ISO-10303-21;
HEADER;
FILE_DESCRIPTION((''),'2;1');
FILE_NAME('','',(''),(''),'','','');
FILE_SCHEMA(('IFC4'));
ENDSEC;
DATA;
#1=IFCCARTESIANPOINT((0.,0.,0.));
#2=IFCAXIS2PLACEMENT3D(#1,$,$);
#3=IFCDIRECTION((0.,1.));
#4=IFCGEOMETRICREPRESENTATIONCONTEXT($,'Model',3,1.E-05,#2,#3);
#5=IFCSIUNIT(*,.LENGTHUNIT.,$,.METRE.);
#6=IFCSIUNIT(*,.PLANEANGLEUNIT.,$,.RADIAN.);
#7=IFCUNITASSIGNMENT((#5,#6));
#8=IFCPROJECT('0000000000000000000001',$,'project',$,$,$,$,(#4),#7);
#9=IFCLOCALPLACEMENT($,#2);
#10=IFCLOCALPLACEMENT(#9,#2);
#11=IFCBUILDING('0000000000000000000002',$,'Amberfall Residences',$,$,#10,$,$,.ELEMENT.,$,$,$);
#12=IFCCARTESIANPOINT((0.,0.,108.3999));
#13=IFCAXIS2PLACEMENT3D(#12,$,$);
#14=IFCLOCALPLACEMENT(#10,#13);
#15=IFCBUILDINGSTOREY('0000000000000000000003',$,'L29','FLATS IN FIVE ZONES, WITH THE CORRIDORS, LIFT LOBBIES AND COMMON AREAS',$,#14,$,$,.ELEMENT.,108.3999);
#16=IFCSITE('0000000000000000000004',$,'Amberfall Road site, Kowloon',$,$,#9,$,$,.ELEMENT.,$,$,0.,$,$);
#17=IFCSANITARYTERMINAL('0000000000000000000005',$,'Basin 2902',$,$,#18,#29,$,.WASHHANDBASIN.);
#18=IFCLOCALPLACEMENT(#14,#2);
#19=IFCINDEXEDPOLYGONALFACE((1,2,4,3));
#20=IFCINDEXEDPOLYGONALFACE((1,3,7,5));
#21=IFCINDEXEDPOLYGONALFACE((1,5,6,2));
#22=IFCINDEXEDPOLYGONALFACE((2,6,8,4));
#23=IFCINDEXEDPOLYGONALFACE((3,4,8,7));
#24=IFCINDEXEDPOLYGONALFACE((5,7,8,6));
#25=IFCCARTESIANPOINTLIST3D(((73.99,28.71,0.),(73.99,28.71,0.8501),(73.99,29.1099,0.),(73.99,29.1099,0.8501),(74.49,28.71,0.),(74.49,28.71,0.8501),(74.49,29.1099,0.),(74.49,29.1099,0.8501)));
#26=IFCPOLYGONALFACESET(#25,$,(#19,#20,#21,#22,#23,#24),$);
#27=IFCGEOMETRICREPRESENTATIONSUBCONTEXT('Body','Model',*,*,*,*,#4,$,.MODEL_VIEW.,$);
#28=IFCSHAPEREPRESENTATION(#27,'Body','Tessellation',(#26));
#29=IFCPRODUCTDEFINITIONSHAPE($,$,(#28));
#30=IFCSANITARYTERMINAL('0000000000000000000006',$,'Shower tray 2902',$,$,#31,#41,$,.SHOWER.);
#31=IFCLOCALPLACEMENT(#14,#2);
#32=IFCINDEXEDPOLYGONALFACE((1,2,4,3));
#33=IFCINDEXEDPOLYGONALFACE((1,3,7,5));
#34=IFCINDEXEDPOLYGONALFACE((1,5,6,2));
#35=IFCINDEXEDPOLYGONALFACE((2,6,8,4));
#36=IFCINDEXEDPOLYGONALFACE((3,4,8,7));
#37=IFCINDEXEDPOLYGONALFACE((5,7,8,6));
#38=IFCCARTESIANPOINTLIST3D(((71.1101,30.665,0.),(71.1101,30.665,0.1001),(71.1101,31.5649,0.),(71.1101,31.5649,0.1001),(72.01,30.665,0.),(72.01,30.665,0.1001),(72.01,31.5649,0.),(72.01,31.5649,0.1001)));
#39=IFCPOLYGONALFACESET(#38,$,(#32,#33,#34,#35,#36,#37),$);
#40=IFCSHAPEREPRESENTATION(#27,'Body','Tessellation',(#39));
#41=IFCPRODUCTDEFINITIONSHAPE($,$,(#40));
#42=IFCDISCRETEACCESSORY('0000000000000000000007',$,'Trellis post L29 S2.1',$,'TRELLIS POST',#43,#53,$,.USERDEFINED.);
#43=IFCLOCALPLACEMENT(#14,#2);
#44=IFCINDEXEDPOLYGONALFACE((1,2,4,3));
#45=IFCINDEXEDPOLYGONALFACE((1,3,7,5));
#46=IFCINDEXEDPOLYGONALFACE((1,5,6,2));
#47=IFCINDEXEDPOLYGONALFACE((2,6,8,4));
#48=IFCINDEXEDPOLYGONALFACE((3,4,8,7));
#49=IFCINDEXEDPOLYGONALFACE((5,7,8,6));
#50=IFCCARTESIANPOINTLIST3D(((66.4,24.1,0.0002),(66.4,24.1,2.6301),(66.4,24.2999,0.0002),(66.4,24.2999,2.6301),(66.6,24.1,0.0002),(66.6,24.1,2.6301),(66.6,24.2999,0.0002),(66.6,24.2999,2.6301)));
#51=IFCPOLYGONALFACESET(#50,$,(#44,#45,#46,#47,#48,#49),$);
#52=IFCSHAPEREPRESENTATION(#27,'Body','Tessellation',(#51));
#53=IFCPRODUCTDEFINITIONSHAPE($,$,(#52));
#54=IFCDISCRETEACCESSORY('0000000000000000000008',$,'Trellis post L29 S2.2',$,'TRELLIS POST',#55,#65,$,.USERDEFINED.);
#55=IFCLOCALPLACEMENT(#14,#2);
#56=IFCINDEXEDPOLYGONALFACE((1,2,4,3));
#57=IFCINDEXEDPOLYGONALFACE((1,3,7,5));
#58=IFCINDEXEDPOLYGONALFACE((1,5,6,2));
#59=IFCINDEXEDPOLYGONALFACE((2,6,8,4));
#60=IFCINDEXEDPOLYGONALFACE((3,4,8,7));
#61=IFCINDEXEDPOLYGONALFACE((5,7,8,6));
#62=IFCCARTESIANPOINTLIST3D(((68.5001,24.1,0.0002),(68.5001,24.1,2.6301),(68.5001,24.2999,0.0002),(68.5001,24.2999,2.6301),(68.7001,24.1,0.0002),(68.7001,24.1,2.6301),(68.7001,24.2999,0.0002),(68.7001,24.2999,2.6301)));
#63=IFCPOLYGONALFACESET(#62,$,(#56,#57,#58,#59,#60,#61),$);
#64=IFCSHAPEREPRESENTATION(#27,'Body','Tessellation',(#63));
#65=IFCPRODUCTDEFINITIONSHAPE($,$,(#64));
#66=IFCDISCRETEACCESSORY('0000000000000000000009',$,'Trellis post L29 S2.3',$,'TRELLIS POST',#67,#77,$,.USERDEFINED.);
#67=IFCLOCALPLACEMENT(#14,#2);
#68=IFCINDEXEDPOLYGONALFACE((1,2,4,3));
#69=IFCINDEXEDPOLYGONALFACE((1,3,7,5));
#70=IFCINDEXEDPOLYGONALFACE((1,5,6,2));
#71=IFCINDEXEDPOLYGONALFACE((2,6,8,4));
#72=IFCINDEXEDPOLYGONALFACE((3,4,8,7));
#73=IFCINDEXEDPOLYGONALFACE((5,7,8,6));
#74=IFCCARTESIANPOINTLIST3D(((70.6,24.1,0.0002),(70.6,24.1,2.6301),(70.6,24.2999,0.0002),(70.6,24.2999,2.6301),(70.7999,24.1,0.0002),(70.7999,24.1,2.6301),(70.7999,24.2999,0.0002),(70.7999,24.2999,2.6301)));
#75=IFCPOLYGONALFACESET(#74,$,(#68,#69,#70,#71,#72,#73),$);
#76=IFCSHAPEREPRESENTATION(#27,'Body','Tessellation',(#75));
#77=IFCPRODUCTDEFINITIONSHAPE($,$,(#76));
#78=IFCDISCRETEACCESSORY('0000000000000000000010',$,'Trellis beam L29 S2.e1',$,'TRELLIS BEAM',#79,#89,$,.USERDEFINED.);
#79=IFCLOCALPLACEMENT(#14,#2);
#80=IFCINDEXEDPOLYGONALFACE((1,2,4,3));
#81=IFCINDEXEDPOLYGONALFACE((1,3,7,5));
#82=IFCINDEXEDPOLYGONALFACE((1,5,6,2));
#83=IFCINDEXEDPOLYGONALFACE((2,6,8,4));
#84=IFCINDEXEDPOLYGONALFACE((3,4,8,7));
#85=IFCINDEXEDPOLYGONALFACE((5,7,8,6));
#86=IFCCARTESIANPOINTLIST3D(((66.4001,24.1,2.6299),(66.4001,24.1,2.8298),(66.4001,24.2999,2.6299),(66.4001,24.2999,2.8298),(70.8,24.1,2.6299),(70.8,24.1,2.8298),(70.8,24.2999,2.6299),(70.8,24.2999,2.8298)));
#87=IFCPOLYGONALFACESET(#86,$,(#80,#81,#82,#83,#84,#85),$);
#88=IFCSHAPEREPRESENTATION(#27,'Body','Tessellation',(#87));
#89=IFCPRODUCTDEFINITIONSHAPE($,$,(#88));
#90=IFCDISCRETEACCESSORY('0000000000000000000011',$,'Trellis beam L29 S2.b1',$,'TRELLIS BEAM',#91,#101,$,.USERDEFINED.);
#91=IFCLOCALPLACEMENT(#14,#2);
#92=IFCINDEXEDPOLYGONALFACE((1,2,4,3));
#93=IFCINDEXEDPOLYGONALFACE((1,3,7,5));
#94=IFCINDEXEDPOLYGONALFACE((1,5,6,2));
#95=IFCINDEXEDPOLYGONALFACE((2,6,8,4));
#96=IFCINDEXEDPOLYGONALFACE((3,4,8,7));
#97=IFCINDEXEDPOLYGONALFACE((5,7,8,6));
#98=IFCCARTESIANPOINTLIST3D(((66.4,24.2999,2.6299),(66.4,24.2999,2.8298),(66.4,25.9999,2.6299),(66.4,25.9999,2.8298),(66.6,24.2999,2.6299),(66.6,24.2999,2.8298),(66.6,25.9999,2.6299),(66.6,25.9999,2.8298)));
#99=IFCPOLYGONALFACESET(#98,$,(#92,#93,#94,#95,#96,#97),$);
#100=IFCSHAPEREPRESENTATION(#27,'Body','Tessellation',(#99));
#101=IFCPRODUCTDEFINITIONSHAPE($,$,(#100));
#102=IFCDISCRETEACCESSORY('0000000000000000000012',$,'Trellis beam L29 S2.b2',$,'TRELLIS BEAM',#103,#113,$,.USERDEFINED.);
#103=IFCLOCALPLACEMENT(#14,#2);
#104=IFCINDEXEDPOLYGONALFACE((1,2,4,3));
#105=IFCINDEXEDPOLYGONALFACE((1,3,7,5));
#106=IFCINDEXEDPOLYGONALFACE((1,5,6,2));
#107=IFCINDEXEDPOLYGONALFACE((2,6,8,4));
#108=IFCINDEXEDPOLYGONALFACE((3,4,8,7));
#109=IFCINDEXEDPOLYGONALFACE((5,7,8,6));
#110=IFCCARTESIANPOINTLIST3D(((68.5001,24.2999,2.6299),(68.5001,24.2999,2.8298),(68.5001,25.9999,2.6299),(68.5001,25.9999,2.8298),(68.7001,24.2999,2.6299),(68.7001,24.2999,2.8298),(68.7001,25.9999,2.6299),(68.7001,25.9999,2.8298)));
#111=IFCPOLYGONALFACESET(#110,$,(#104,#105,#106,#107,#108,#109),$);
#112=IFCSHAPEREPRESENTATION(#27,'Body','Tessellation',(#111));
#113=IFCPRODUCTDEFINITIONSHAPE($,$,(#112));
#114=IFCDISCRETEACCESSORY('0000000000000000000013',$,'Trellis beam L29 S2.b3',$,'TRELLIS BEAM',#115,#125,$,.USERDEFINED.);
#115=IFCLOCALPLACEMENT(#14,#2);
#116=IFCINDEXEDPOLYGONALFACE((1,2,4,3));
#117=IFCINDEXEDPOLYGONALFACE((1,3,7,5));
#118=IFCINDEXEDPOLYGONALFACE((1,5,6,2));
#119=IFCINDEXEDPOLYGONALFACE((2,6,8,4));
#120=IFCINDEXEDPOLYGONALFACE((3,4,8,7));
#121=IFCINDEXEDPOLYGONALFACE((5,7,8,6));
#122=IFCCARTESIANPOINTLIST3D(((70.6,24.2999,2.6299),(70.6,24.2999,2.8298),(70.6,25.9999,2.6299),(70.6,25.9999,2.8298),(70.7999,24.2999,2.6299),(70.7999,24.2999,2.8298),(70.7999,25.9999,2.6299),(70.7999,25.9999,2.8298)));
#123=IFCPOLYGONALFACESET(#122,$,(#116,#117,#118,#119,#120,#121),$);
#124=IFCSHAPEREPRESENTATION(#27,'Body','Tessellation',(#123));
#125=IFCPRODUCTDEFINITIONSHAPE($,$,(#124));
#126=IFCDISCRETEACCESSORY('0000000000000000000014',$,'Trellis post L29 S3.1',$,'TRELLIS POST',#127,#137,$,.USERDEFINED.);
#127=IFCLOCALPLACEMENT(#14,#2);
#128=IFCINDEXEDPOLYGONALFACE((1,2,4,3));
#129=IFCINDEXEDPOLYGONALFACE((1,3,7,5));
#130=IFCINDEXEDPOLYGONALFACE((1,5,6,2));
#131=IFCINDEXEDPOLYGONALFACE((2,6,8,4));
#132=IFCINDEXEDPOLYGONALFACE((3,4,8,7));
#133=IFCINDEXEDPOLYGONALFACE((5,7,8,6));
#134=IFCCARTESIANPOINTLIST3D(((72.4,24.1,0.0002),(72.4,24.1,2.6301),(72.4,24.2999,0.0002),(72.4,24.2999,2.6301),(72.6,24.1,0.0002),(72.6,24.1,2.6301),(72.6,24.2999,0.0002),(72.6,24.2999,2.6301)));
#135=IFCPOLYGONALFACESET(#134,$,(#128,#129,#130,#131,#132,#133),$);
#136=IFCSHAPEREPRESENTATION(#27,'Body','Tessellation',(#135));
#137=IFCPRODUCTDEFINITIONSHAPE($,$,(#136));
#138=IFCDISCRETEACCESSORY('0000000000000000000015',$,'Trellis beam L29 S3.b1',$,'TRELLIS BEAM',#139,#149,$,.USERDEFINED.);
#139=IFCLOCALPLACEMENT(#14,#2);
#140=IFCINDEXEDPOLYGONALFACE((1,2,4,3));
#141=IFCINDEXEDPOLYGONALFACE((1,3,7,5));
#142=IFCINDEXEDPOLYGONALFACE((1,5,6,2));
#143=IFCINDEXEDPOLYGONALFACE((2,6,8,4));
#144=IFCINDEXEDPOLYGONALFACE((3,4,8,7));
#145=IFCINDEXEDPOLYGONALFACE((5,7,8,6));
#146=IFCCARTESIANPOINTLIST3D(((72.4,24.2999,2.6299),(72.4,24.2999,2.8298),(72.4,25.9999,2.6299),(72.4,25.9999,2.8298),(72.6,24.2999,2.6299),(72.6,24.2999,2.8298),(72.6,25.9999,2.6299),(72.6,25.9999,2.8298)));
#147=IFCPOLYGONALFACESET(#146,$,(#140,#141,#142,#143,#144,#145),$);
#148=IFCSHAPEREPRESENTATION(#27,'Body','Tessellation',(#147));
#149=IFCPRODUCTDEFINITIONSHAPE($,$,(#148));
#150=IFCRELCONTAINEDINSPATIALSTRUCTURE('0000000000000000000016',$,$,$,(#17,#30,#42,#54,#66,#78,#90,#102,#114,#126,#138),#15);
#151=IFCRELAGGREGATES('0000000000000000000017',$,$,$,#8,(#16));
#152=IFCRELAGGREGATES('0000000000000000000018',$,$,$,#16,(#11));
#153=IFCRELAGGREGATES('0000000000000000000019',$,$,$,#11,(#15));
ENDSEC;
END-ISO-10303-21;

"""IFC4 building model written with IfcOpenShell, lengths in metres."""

from ifc_helpers import new_model, si_unit, direction, frame, origin, origin_2d, place, context, subcontext, project, spatial, rectangle, extrude, element, save


model = new_model("IFC4")

# Units and contexts
model_context = context("Model", 3, precision=1e-05, world=origin(), true_north=direction((0.0, 1.0)))
body_context = subcontext(model_context, "Body", "Model", "MODEL_VIEW")
ifc_project = project(units=[si_unit("LENGTHUNIT", "METRE"), si_unit("PLANEANGLEUNIT", "RADIAN")], contexts=[model_context])

# Site, building, storey
site_placement = place(None, origin())
site = spatial("IfcSite", under=ifc_project, at=site_placement, Name="Amberfall Road site, Kowloon", CompositionType="ELEMENT", RefElevation=0.0)
building_placement = place(site_placement, origin())
building = spatial("IfcBuilding", under=site, at=building_placement, Name="Amberfall Residences", CompositionType="ELEMENT")
storey_placement = place(building_placement, frame((0.0, 0.0, 108.3999)))
storey = spatial("IfcBuildingStorey", under=building, at=storey_placement, Name="L29", Description="FLATS IN FIVE ZONES, WITH THE CORRIDORS, LIFT LOBBIES AND COMMON AREAS", CompositionType="ELEMENT", Elevation=108.3999)

# Sanitary terminals
sanitary_terminal_1_placement = place(storey_placement, frame((74.24, 28.9099, 0.0), z_axis=(0.0, 0.0, 1.0), x_axis=(1.0, 0.0, 0.0)))
element("IfcSanitaryTerminal", 1, at=sanitary_terminal_1_placement, inside=storey, Name="Basin 2902", PredefinedType="WASHHANDBASIN", context=body_context, shape_type="SweptSolid", body=[
    extrude(rectangle(XDim=0.5, YDim=0.3999, at=origin_2d()), origin(), (0.0, 0.0, 1.0), 0.8501),
])
sanitary_terminal_2_placement = place(storey_placement, frame((71.5601, 31.115, 0.0), z_axis=(0.0, 0.0, 1.0), x_axis=(1.0, 0.0, 0.0)))
element("IfcSanitaryTerminal", 2, at=sanitary_terminal_2_placement, inside=storey, Name="Shower tray 2902", PredefinedType="SHOWER", context=body_context, shape_type="SweptSolid", body=[
    extrude(rectangle(XDim=0.8999, YDim=0.8999, at=origin_2d()), origin(), (0.0, 0.0, 1.0), 0.1001),
])

# Discrete accessories
for number, where, z_axis, x_axis, name in (
    (3, (66.5, 24.2, 0.0002), (0.0, 0.0, 1.0), (1.0, 0.0, 0.0), "Trellis post L29 S2.1"),
    (4, (68.6001, 24.2, 0.0002), (0.0, 0.0, 1.0), (1.0, 0.0, 0.0), "Trellis post L29 S2.2"),
    (5, (70.7, 24.2, 0.0002), (0.0, 0.0, 1.0), (1.0, 0.0, 0.0), "Trellis post L29 S2.3"),
):
    element("IfcDiscreteAccessory", number, at=place(storey_placement, frame(where, z_axis=z_axis, x_axis=x_axis)), inside=storey, Name=name, ObjectType="TRELLIS POST", PredefinedType="USERDEFINED", context=body_context, shape_type="SweptSolid", body=[
        extrude(rectangle(XDim=0.2, YDim=0.2, at=origin_2d()), origin(), (0.0, 0.0, 1.0), 2.6299),
    ])
discrete_accessory_1_placement = place(storey_placement, frame((68.6001, 24.2, 2.6299), z_axis=(0.0, 0.0, 1.0), x_axis=(1.0, 0.0, 0.0)))
element("IfcDiscreteAccessory", 6, at=discrete_accessory_1_placement, inside=storey, Name="Trellis beam L29 S2.e1", ObjectType="TRELLIS BEAM", PredefinedType="USERDEFINED", context=body_context, shape_type="SweptSolid", body=[
    extrude(rectangle(XDim=4.3999, YDim=0.2, at=origin_2d()), origin(), (0.0, 0.0, 1.0), 0.2),
])
for number, where, z_axis, x_axis, name in (
    (7, (66.5, 25.1499, 2.6299), (0.0, 0.0, 1.0), (0.0, 1.0, 0.0), "Trellis beam L29 S2.b1"),
    (8, (68.6001, 25.1499, 2.6299), (0.0, 0.0, 1.0), (0.0, 1.0, 0.0), "Trellis beam L29 S2.b2"),
    (9, (70.7, 25.1499, 2.6299), (0.0, 0.0, 1.0), (0.0, 1.0, 0.0), "Trellis beam L29 S2.b3"),
):
    element("IfcDiscreteAccessory", number, at=place(storey_placement, frame(where, z_axis=z_axis, x_axis=x_axis)), inside=storey, Name=name, ObjectType="TRELLIS BEAM", PredefinedType="USERDEFINED", context=body_context, shape_type="SweptSolid", body=[
        extrude(rectangle(XDim=1.7, YDim=0.2, at=origin_2d()), origin(), (0.0, 0.0, 1.0), 0.2),
    ])
discrete_accessory_2_placement = place(storey_placement, frame((72.5, 24.2, 0.0002), z_axis=(0.0, 0.0, 1.0), x_axis=(1.0, 0.0, 0.0)))
element("IfcDiscreteAccessory", 10, at=discrete_accessory_2_placement, inside=storey, Name="Trellis post L29 S3.1", ObjectType="TRELLIS POST", PredefinedType="USERDEFINED", context=body_context, shape_type="SweptSolid", body=[
    extrude(rectangle(XDim=0.2, YDim=0.2, at=origin_2d()), origin(), (0.0, 0.0, 1.0), 2.6299),
])
discrete_accessory_3_placement = place(storey_placement, frame((72.5, 25.1499, 2.6299), z_axis=(0.0, 0.0, 1.0), x_axis=(0.0, 1.0, 0.0)))
element("IfcDiscreteAccessory", 11, at=discrete_accessory_3_placement, inside=storey, Name="Trellis beam L29 S3.b1", ObjectType="TRELLIS BEAM", PredefinedType="USERDEFINED", context=body_context, shape_type="SweptSolid", body=[
    extrude(rectangle(XDim=1.7, YDim=0.2, at=origin_2d()), origin(), (0.0, 0.0, 1.0), 0.2),
])

save(model, "model.ifc")
